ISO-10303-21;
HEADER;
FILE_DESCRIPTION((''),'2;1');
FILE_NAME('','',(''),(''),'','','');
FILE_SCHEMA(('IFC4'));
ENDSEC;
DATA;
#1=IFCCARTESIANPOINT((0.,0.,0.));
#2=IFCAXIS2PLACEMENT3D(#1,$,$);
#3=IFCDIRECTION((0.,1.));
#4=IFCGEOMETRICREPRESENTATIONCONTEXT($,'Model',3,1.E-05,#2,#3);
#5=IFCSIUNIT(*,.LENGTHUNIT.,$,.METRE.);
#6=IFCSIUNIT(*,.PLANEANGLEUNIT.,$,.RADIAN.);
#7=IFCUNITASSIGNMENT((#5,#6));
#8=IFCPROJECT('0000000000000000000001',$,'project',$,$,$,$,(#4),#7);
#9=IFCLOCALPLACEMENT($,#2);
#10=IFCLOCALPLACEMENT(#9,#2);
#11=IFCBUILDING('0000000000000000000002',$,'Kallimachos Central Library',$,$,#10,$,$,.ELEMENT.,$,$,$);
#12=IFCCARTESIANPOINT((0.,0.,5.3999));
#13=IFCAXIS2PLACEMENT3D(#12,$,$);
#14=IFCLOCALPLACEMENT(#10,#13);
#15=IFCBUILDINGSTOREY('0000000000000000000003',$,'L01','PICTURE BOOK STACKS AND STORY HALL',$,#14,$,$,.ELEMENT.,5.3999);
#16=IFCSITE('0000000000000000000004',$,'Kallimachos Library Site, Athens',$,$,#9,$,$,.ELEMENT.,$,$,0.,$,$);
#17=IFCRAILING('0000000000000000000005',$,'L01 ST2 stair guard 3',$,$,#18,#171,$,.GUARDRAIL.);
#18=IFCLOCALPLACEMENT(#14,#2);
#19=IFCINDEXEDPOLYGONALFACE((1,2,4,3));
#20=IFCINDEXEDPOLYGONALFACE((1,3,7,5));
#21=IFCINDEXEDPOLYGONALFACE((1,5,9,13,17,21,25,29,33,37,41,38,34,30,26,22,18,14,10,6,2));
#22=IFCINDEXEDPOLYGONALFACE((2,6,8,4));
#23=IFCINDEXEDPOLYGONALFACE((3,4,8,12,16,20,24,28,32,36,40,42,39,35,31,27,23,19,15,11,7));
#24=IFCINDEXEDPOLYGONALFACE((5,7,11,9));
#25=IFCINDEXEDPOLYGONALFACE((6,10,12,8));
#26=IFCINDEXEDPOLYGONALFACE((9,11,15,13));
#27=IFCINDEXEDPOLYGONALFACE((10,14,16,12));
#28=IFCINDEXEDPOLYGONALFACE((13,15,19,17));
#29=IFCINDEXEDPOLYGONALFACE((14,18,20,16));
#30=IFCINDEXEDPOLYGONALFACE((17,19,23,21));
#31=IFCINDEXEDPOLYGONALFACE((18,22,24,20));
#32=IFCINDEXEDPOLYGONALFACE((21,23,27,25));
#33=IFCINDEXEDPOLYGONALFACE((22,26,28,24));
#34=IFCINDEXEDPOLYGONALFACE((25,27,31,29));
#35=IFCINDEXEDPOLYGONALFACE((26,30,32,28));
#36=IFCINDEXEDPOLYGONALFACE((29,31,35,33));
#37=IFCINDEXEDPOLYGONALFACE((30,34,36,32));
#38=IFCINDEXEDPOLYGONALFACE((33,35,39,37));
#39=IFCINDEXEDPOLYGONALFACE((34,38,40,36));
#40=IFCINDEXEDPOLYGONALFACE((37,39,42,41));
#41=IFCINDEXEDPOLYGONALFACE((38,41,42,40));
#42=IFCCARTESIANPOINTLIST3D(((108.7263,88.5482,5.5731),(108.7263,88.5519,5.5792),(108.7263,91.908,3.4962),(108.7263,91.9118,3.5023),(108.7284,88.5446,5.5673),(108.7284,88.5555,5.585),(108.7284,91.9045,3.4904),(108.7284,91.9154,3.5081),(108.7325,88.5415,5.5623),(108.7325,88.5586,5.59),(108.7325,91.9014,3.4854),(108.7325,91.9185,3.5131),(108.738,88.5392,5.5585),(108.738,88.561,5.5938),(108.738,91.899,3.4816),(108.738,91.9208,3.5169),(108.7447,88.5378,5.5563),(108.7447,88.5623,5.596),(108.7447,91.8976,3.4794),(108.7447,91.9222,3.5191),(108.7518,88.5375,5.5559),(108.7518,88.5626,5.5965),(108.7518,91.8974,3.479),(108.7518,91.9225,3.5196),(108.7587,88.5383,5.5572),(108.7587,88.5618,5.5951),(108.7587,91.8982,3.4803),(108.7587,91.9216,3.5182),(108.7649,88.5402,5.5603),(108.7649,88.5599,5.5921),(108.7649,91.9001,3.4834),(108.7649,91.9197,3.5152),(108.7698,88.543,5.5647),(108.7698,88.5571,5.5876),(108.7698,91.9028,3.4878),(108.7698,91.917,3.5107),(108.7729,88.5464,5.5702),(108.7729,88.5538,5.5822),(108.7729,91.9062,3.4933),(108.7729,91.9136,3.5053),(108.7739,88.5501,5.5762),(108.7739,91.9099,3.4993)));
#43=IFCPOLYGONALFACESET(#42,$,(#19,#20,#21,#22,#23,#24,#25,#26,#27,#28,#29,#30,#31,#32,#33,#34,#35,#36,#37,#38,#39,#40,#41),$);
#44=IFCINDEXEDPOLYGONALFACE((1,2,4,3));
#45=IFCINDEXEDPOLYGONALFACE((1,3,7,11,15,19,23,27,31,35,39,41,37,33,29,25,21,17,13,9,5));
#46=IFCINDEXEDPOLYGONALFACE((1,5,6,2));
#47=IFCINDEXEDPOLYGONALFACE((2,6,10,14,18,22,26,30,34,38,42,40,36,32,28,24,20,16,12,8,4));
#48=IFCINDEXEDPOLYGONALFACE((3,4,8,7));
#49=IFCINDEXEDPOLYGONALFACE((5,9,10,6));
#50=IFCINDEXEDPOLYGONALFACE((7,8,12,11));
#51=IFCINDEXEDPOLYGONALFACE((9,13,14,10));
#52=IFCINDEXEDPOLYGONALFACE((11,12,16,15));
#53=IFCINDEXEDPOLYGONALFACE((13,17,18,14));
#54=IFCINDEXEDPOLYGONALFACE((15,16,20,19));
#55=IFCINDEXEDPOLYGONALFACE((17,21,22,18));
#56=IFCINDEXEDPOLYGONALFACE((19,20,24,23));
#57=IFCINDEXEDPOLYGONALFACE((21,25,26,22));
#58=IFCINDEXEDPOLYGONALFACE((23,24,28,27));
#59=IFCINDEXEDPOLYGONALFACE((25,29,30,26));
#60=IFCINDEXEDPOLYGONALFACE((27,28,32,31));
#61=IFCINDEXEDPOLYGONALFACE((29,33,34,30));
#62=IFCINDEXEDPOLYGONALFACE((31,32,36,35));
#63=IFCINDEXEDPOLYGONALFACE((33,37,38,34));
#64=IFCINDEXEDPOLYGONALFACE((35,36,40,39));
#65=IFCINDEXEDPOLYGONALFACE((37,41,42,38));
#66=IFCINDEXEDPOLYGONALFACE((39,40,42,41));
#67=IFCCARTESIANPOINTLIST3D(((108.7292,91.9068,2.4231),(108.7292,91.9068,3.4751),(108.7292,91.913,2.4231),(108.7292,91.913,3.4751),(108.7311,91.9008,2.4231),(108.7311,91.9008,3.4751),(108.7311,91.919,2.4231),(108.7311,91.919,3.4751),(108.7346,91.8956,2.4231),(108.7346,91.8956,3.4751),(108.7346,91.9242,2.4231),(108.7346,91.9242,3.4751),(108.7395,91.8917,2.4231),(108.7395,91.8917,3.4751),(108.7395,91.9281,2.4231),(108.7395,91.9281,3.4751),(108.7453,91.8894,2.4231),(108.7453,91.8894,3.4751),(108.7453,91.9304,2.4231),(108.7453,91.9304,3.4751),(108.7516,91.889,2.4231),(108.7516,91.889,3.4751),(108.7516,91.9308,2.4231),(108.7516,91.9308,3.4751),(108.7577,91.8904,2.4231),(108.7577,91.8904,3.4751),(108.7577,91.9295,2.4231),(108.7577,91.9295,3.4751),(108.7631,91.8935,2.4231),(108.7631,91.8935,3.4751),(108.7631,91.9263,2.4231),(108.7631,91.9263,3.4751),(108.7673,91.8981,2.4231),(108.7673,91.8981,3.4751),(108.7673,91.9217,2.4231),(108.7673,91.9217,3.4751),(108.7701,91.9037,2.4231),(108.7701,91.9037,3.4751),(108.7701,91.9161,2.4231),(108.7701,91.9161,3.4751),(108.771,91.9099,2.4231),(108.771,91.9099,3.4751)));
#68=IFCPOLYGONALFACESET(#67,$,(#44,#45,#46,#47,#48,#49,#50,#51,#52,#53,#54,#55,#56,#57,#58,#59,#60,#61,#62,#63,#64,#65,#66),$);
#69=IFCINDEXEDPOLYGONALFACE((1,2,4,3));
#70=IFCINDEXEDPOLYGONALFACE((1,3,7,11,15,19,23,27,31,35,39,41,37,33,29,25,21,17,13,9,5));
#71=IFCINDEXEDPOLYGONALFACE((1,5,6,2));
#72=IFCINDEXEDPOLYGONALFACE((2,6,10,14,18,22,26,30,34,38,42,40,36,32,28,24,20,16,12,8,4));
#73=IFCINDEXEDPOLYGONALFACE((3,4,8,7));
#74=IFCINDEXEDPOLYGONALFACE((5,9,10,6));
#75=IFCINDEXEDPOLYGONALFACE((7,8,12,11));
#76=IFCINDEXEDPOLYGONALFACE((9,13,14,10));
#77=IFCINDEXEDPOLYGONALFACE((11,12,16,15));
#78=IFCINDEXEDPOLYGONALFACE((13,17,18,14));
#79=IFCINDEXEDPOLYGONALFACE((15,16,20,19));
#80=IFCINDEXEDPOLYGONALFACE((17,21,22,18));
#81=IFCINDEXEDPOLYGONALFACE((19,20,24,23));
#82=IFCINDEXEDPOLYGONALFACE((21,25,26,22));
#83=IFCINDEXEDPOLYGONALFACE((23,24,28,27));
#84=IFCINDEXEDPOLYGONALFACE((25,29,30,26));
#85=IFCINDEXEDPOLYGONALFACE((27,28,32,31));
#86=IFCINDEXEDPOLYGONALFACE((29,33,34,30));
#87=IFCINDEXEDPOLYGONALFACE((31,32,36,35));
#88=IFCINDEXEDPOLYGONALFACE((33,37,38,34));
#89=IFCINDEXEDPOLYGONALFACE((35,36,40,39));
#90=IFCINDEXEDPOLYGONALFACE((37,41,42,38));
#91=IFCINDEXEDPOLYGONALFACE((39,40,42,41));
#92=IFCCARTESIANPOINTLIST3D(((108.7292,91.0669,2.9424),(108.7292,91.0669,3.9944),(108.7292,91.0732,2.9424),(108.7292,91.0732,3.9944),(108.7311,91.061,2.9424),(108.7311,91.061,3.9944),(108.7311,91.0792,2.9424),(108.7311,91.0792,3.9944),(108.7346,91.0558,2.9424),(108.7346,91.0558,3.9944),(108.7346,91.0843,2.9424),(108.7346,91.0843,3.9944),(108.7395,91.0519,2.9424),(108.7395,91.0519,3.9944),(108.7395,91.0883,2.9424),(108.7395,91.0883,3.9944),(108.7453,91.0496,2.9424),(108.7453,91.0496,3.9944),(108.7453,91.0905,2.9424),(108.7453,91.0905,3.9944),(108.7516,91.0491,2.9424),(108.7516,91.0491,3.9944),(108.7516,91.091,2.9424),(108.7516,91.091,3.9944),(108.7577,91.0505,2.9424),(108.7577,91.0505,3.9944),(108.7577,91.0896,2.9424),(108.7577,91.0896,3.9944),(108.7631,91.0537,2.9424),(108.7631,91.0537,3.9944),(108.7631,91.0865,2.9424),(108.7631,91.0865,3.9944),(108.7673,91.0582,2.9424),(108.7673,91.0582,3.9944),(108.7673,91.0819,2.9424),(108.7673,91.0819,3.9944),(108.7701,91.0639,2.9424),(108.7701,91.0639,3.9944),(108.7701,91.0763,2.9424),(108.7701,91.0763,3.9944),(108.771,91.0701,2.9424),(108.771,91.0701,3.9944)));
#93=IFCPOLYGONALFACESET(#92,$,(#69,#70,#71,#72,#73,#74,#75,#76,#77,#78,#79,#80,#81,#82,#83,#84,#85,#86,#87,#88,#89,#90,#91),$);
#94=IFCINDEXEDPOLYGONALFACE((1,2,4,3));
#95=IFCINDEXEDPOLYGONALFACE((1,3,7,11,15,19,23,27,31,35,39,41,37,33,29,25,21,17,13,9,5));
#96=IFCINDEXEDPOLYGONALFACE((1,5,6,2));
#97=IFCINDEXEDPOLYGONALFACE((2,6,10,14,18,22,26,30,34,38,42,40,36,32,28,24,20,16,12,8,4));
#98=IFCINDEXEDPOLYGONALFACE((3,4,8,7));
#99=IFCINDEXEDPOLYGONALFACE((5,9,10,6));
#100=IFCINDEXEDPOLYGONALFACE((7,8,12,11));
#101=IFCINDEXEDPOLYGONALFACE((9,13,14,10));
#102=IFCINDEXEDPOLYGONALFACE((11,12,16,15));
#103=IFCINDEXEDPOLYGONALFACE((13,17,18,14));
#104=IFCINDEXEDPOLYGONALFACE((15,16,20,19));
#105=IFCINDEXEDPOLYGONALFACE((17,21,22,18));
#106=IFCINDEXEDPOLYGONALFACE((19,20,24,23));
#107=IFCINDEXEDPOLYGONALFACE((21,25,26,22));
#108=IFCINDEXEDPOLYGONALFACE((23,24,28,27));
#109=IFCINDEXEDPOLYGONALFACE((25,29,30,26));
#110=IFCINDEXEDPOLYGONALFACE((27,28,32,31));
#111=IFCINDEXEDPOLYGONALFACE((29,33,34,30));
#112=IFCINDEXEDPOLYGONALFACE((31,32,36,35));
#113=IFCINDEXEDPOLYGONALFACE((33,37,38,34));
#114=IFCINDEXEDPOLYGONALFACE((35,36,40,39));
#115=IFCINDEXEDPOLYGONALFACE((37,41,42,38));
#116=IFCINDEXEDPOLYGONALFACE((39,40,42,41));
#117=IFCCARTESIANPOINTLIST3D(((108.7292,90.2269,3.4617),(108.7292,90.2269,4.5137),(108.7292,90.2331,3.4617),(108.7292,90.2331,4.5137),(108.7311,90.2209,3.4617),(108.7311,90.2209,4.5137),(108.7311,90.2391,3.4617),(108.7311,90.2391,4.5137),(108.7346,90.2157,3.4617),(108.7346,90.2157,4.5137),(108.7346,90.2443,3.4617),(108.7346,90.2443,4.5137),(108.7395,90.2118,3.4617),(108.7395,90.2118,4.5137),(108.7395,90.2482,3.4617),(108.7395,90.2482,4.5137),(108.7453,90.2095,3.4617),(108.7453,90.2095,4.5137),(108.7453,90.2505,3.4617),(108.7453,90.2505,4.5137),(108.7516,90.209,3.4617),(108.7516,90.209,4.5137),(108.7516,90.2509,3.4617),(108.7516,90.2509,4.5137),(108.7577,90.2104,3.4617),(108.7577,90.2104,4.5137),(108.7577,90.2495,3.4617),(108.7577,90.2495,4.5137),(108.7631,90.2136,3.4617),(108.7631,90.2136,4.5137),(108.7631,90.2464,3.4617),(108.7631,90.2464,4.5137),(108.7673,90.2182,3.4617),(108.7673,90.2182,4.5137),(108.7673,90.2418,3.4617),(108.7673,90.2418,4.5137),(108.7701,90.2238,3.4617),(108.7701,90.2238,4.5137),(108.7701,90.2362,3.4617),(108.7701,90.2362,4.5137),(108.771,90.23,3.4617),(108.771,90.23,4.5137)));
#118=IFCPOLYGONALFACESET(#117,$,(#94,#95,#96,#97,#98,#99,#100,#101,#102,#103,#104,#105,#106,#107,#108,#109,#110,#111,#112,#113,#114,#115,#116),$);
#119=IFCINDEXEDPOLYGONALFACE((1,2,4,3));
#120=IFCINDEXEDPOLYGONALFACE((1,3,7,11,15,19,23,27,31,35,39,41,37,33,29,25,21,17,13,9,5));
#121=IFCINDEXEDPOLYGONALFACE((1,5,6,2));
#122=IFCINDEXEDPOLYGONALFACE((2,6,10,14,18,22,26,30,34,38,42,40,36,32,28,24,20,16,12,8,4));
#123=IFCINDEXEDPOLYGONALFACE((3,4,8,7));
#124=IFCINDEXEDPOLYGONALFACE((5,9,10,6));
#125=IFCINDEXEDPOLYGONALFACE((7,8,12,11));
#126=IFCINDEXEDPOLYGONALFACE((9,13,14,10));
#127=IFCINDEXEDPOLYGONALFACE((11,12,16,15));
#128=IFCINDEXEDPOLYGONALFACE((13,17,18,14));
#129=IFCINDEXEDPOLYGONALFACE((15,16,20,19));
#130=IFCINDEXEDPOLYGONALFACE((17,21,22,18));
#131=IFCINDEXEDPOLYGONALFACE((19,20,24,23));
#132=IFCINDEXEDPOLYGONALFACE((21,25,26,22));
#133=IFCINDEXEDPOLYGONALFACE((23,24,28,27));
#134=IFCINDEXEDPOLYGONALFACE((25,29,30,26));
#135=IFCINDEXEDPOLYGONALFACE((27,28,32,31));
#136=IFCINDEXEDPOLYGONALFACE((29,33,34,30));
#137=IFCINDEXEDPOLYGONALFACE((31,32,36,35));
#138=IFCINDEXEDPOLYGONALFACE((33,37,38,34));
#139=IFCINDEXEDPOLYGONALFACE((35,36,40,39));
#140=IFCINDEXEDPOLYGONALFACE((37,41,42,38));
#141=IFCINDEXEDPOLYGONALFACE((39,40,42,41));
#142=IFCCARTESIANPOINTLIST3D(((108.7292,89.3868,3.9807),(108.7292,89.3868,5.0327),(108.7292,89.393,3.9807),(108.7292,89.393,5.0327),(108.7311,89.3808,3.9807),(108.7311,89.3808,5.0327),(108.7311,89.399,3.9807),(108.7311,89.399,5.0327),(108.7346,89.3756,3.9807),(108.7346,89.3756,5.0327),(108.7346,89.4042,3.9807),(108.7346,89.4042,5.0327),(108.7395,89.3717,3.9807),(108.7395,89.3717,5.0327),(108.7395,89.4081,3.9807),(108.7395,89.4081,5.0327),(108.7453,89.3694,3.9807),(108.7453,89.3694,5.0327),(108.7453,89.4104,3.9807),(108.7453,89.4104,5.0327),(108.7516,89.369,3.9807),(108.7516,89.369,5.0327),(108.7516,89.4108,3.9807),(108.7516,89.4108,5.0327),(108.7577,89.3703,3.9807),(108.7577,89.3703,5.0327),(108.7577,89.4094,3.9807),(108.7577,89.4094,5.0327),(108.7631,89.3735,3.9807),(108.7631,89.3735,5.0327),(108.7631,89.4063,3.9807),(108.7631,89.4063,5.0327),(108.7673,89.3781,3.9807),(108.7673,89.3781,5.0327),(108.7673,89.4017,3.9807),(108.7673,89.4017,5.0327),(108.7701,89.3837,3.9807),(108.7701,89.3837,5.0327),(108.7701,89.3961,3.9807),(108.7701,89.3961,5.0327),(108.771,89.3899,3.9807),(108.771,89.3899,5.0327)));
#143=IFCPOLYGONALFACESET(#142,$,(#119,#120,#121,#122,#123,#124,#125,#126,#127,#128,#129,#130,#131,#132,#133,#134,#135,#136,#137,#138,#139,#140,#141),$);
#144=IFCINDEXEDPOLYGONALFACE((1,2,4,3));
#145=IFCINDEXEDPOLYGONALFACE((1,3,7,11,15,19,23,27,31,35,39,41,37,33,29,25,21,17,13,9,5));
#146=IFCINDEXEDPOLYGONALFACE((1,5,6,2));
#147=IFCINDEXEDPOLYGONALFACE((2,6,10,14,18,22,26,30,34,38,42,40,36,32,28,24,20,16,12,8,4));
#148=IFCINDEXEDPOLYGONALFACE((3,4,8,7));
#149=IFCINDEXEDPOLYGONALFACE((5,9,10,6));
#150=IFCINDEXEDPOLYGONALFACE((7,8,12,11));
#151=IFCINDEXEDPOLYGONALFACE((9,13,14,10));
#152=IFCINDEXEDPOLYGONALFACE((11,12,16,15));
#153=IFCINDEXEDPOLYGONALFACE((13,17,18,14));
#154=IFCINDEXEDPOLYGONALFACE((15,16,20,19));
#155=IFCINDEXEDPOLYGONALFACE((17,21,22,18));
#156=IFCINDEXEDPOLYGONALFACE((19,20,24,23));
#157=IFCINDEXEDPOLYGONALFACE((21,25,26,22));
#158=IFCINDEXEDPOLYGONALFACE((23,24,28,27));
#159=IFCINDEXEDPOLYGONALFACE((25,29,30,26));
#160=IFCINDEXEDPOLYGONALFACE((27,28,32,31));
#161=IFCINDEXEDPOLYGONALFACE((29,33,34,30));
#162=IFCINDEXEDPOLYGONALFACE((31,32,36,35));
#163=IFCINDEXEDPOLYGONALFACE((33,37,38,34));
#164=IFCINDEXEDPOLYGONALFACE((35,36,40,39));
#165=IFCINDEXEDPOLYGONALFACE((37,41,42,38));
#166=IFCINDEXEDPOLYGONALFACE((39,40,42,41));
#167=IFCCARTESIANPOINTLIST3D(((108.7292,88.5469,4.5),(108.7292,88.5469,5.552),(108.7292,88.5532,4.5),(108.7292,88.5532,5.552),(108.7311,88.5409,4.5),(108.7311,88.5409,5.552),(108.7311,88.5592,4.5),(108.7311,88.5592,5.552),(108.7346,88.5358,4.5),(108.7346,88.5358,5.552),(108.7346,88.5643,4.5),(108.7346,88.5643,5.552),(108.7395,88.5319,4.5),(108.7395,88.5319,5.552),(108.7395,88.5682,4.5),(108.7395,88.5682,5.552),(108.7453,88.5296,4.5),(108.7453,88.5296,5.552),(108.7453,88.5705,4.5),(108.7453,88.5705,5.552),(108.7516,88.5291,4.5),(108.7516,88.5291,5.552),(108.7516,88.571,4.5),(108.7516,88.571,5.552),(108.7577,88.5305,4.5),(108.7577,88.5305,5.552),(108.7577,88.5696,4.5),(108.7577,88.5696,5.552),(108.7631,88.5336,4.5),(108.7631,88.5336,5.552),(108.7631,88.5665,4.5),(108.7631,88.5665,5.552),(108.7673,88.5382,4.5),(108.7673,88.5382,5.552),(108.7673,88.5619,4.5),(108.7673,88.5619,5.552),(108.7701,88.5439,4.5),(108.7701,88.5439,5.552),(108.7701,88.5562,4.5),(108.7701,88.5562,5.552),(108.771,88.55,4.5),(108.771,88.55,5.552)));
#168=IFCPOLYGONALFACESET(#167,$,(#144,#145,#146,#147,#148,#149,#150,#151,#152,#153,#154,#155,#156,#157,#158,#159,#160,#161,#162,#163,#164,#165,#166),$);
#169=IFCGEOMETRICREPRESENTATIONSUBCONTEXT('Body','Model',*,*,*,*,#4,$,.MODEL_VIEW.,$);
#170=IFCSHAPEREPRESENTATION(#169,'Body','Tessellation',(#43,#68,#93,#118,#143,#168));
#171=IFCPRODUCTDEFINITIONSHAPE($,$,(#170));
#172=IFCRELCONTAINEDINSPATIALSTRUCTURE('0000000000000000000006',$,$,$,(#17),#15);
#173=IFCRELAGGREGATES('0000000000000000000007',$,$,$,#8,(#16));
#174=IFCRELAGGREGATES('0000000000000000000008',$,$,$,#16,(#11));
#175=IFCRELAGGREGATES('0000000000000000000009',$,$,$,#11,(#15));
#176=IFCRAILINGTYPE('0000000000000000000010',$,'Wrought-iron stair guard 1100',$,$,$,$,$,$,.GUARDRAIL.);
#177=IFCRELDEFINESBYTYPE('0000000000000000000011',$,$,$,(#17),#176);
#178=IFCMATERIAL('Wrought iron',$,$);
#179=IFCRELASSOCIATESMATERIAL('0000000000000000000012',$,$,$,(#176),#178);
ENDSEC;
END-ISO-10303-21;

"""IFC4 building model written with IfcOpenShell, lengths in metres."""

from ifc_helpers import new_model, si_unit, direction, frame, origin, origin_2d, place, context, subcontext, project, spatial, circle, extrude, material, type_object, element, save


model = new_model("IFC4")

# Units and contexts
model_context = context("Model", 3, precision=1e-05, world=origin(), true_north=direction((0.0, 1.0)))
body_context = subcontext(model_context, "Body", "Model", "MODEL_VIEW")
ifc_project = project(units=[si_unit("LENGTHUNIT", "METRE"), si_unit("PLANEANGLEUNIT", "RADIAN")], contexts=[model_context])

# Site, building, storey
site_placement = place(None, origin())
site = spatial("IfcSite", under=ifc_project, at=site_placement, Name="Kallimachos Library Site, Athens", CompositionType="ELEMENT", RefElevation=0.0)
building_placement = place(site_placement, origin())
building = spatial("IfcBuilding", under=site, at=building_placement, Name="Kallimachos Central Library", CompositionType="ELEMENT")
storey_placement = place(building_placement, frame((0.0, 0.0, 5.3999)))
storey = spatial("IfcBuildingStorey", under=building, at=storey_placement, Name="L01", Description="PICTURE BOOK STACKS AND STORY HALL", CompositionType="ELEMENT", Elevation=5.3999)

# Railing
ifc_material_1 = material(Name="Wrought iron")
railing_type_1 = type_object("IfcRailingType", Name="Wrought-iron stair guard 1100", PredefinedType="GUARDRAIL", material=ifc_material_1)
railing_1_placement = place(storey_placement, frame((108.75, 91.9099, 2.4231)))
element("IfcRailing", 1, at=railing_1_placement, inside=storey, type_object=railing_type_1, Name="L01 ST2 stair guard 3", PredefinedType="GUARDRAIL", context=body_context, shape_type="SweptSolid", body=[
    extrude(circle(Radius=0.0239, at=origin_2d()), frame((0.0, 0.0, 1.0762), z_axis=(0.0, -0.850606, 0.525803), x_axis=(1.0, 0.0, 0.0)), (0.0, 0.0, 1.0), 3.95),
    extrude(circle(Radius=0.021, at=origin_2d()), origin(), (0.0, 0.0, 1.0), 1.052),
    extrude(circle(Radius=0.021, at=origin_2d()), frame((0.0, -0.8398, 0.5193)), (0.0, 0.0, 1.0), 1.052),
    extrude(circle(Radius=0.021, at=origin_2d()), frame((0.0, -1.6799, 1.0386)), (0.0, 0.0, 1.0), 1.052),
    extrude(circle(Radius=0.021, at=origin_2d()), frame((0.0, -2.52, 1.5576)), (0.0, 0.0, 1.0), 1.052),
    extrude(circle(Radius=0.021, at=origin_2d()), frame((0.0, -3.3599, 2.0769)), (0.0, 0.0, 1.0), 1.052),
])

save(model, "model.ifc")
